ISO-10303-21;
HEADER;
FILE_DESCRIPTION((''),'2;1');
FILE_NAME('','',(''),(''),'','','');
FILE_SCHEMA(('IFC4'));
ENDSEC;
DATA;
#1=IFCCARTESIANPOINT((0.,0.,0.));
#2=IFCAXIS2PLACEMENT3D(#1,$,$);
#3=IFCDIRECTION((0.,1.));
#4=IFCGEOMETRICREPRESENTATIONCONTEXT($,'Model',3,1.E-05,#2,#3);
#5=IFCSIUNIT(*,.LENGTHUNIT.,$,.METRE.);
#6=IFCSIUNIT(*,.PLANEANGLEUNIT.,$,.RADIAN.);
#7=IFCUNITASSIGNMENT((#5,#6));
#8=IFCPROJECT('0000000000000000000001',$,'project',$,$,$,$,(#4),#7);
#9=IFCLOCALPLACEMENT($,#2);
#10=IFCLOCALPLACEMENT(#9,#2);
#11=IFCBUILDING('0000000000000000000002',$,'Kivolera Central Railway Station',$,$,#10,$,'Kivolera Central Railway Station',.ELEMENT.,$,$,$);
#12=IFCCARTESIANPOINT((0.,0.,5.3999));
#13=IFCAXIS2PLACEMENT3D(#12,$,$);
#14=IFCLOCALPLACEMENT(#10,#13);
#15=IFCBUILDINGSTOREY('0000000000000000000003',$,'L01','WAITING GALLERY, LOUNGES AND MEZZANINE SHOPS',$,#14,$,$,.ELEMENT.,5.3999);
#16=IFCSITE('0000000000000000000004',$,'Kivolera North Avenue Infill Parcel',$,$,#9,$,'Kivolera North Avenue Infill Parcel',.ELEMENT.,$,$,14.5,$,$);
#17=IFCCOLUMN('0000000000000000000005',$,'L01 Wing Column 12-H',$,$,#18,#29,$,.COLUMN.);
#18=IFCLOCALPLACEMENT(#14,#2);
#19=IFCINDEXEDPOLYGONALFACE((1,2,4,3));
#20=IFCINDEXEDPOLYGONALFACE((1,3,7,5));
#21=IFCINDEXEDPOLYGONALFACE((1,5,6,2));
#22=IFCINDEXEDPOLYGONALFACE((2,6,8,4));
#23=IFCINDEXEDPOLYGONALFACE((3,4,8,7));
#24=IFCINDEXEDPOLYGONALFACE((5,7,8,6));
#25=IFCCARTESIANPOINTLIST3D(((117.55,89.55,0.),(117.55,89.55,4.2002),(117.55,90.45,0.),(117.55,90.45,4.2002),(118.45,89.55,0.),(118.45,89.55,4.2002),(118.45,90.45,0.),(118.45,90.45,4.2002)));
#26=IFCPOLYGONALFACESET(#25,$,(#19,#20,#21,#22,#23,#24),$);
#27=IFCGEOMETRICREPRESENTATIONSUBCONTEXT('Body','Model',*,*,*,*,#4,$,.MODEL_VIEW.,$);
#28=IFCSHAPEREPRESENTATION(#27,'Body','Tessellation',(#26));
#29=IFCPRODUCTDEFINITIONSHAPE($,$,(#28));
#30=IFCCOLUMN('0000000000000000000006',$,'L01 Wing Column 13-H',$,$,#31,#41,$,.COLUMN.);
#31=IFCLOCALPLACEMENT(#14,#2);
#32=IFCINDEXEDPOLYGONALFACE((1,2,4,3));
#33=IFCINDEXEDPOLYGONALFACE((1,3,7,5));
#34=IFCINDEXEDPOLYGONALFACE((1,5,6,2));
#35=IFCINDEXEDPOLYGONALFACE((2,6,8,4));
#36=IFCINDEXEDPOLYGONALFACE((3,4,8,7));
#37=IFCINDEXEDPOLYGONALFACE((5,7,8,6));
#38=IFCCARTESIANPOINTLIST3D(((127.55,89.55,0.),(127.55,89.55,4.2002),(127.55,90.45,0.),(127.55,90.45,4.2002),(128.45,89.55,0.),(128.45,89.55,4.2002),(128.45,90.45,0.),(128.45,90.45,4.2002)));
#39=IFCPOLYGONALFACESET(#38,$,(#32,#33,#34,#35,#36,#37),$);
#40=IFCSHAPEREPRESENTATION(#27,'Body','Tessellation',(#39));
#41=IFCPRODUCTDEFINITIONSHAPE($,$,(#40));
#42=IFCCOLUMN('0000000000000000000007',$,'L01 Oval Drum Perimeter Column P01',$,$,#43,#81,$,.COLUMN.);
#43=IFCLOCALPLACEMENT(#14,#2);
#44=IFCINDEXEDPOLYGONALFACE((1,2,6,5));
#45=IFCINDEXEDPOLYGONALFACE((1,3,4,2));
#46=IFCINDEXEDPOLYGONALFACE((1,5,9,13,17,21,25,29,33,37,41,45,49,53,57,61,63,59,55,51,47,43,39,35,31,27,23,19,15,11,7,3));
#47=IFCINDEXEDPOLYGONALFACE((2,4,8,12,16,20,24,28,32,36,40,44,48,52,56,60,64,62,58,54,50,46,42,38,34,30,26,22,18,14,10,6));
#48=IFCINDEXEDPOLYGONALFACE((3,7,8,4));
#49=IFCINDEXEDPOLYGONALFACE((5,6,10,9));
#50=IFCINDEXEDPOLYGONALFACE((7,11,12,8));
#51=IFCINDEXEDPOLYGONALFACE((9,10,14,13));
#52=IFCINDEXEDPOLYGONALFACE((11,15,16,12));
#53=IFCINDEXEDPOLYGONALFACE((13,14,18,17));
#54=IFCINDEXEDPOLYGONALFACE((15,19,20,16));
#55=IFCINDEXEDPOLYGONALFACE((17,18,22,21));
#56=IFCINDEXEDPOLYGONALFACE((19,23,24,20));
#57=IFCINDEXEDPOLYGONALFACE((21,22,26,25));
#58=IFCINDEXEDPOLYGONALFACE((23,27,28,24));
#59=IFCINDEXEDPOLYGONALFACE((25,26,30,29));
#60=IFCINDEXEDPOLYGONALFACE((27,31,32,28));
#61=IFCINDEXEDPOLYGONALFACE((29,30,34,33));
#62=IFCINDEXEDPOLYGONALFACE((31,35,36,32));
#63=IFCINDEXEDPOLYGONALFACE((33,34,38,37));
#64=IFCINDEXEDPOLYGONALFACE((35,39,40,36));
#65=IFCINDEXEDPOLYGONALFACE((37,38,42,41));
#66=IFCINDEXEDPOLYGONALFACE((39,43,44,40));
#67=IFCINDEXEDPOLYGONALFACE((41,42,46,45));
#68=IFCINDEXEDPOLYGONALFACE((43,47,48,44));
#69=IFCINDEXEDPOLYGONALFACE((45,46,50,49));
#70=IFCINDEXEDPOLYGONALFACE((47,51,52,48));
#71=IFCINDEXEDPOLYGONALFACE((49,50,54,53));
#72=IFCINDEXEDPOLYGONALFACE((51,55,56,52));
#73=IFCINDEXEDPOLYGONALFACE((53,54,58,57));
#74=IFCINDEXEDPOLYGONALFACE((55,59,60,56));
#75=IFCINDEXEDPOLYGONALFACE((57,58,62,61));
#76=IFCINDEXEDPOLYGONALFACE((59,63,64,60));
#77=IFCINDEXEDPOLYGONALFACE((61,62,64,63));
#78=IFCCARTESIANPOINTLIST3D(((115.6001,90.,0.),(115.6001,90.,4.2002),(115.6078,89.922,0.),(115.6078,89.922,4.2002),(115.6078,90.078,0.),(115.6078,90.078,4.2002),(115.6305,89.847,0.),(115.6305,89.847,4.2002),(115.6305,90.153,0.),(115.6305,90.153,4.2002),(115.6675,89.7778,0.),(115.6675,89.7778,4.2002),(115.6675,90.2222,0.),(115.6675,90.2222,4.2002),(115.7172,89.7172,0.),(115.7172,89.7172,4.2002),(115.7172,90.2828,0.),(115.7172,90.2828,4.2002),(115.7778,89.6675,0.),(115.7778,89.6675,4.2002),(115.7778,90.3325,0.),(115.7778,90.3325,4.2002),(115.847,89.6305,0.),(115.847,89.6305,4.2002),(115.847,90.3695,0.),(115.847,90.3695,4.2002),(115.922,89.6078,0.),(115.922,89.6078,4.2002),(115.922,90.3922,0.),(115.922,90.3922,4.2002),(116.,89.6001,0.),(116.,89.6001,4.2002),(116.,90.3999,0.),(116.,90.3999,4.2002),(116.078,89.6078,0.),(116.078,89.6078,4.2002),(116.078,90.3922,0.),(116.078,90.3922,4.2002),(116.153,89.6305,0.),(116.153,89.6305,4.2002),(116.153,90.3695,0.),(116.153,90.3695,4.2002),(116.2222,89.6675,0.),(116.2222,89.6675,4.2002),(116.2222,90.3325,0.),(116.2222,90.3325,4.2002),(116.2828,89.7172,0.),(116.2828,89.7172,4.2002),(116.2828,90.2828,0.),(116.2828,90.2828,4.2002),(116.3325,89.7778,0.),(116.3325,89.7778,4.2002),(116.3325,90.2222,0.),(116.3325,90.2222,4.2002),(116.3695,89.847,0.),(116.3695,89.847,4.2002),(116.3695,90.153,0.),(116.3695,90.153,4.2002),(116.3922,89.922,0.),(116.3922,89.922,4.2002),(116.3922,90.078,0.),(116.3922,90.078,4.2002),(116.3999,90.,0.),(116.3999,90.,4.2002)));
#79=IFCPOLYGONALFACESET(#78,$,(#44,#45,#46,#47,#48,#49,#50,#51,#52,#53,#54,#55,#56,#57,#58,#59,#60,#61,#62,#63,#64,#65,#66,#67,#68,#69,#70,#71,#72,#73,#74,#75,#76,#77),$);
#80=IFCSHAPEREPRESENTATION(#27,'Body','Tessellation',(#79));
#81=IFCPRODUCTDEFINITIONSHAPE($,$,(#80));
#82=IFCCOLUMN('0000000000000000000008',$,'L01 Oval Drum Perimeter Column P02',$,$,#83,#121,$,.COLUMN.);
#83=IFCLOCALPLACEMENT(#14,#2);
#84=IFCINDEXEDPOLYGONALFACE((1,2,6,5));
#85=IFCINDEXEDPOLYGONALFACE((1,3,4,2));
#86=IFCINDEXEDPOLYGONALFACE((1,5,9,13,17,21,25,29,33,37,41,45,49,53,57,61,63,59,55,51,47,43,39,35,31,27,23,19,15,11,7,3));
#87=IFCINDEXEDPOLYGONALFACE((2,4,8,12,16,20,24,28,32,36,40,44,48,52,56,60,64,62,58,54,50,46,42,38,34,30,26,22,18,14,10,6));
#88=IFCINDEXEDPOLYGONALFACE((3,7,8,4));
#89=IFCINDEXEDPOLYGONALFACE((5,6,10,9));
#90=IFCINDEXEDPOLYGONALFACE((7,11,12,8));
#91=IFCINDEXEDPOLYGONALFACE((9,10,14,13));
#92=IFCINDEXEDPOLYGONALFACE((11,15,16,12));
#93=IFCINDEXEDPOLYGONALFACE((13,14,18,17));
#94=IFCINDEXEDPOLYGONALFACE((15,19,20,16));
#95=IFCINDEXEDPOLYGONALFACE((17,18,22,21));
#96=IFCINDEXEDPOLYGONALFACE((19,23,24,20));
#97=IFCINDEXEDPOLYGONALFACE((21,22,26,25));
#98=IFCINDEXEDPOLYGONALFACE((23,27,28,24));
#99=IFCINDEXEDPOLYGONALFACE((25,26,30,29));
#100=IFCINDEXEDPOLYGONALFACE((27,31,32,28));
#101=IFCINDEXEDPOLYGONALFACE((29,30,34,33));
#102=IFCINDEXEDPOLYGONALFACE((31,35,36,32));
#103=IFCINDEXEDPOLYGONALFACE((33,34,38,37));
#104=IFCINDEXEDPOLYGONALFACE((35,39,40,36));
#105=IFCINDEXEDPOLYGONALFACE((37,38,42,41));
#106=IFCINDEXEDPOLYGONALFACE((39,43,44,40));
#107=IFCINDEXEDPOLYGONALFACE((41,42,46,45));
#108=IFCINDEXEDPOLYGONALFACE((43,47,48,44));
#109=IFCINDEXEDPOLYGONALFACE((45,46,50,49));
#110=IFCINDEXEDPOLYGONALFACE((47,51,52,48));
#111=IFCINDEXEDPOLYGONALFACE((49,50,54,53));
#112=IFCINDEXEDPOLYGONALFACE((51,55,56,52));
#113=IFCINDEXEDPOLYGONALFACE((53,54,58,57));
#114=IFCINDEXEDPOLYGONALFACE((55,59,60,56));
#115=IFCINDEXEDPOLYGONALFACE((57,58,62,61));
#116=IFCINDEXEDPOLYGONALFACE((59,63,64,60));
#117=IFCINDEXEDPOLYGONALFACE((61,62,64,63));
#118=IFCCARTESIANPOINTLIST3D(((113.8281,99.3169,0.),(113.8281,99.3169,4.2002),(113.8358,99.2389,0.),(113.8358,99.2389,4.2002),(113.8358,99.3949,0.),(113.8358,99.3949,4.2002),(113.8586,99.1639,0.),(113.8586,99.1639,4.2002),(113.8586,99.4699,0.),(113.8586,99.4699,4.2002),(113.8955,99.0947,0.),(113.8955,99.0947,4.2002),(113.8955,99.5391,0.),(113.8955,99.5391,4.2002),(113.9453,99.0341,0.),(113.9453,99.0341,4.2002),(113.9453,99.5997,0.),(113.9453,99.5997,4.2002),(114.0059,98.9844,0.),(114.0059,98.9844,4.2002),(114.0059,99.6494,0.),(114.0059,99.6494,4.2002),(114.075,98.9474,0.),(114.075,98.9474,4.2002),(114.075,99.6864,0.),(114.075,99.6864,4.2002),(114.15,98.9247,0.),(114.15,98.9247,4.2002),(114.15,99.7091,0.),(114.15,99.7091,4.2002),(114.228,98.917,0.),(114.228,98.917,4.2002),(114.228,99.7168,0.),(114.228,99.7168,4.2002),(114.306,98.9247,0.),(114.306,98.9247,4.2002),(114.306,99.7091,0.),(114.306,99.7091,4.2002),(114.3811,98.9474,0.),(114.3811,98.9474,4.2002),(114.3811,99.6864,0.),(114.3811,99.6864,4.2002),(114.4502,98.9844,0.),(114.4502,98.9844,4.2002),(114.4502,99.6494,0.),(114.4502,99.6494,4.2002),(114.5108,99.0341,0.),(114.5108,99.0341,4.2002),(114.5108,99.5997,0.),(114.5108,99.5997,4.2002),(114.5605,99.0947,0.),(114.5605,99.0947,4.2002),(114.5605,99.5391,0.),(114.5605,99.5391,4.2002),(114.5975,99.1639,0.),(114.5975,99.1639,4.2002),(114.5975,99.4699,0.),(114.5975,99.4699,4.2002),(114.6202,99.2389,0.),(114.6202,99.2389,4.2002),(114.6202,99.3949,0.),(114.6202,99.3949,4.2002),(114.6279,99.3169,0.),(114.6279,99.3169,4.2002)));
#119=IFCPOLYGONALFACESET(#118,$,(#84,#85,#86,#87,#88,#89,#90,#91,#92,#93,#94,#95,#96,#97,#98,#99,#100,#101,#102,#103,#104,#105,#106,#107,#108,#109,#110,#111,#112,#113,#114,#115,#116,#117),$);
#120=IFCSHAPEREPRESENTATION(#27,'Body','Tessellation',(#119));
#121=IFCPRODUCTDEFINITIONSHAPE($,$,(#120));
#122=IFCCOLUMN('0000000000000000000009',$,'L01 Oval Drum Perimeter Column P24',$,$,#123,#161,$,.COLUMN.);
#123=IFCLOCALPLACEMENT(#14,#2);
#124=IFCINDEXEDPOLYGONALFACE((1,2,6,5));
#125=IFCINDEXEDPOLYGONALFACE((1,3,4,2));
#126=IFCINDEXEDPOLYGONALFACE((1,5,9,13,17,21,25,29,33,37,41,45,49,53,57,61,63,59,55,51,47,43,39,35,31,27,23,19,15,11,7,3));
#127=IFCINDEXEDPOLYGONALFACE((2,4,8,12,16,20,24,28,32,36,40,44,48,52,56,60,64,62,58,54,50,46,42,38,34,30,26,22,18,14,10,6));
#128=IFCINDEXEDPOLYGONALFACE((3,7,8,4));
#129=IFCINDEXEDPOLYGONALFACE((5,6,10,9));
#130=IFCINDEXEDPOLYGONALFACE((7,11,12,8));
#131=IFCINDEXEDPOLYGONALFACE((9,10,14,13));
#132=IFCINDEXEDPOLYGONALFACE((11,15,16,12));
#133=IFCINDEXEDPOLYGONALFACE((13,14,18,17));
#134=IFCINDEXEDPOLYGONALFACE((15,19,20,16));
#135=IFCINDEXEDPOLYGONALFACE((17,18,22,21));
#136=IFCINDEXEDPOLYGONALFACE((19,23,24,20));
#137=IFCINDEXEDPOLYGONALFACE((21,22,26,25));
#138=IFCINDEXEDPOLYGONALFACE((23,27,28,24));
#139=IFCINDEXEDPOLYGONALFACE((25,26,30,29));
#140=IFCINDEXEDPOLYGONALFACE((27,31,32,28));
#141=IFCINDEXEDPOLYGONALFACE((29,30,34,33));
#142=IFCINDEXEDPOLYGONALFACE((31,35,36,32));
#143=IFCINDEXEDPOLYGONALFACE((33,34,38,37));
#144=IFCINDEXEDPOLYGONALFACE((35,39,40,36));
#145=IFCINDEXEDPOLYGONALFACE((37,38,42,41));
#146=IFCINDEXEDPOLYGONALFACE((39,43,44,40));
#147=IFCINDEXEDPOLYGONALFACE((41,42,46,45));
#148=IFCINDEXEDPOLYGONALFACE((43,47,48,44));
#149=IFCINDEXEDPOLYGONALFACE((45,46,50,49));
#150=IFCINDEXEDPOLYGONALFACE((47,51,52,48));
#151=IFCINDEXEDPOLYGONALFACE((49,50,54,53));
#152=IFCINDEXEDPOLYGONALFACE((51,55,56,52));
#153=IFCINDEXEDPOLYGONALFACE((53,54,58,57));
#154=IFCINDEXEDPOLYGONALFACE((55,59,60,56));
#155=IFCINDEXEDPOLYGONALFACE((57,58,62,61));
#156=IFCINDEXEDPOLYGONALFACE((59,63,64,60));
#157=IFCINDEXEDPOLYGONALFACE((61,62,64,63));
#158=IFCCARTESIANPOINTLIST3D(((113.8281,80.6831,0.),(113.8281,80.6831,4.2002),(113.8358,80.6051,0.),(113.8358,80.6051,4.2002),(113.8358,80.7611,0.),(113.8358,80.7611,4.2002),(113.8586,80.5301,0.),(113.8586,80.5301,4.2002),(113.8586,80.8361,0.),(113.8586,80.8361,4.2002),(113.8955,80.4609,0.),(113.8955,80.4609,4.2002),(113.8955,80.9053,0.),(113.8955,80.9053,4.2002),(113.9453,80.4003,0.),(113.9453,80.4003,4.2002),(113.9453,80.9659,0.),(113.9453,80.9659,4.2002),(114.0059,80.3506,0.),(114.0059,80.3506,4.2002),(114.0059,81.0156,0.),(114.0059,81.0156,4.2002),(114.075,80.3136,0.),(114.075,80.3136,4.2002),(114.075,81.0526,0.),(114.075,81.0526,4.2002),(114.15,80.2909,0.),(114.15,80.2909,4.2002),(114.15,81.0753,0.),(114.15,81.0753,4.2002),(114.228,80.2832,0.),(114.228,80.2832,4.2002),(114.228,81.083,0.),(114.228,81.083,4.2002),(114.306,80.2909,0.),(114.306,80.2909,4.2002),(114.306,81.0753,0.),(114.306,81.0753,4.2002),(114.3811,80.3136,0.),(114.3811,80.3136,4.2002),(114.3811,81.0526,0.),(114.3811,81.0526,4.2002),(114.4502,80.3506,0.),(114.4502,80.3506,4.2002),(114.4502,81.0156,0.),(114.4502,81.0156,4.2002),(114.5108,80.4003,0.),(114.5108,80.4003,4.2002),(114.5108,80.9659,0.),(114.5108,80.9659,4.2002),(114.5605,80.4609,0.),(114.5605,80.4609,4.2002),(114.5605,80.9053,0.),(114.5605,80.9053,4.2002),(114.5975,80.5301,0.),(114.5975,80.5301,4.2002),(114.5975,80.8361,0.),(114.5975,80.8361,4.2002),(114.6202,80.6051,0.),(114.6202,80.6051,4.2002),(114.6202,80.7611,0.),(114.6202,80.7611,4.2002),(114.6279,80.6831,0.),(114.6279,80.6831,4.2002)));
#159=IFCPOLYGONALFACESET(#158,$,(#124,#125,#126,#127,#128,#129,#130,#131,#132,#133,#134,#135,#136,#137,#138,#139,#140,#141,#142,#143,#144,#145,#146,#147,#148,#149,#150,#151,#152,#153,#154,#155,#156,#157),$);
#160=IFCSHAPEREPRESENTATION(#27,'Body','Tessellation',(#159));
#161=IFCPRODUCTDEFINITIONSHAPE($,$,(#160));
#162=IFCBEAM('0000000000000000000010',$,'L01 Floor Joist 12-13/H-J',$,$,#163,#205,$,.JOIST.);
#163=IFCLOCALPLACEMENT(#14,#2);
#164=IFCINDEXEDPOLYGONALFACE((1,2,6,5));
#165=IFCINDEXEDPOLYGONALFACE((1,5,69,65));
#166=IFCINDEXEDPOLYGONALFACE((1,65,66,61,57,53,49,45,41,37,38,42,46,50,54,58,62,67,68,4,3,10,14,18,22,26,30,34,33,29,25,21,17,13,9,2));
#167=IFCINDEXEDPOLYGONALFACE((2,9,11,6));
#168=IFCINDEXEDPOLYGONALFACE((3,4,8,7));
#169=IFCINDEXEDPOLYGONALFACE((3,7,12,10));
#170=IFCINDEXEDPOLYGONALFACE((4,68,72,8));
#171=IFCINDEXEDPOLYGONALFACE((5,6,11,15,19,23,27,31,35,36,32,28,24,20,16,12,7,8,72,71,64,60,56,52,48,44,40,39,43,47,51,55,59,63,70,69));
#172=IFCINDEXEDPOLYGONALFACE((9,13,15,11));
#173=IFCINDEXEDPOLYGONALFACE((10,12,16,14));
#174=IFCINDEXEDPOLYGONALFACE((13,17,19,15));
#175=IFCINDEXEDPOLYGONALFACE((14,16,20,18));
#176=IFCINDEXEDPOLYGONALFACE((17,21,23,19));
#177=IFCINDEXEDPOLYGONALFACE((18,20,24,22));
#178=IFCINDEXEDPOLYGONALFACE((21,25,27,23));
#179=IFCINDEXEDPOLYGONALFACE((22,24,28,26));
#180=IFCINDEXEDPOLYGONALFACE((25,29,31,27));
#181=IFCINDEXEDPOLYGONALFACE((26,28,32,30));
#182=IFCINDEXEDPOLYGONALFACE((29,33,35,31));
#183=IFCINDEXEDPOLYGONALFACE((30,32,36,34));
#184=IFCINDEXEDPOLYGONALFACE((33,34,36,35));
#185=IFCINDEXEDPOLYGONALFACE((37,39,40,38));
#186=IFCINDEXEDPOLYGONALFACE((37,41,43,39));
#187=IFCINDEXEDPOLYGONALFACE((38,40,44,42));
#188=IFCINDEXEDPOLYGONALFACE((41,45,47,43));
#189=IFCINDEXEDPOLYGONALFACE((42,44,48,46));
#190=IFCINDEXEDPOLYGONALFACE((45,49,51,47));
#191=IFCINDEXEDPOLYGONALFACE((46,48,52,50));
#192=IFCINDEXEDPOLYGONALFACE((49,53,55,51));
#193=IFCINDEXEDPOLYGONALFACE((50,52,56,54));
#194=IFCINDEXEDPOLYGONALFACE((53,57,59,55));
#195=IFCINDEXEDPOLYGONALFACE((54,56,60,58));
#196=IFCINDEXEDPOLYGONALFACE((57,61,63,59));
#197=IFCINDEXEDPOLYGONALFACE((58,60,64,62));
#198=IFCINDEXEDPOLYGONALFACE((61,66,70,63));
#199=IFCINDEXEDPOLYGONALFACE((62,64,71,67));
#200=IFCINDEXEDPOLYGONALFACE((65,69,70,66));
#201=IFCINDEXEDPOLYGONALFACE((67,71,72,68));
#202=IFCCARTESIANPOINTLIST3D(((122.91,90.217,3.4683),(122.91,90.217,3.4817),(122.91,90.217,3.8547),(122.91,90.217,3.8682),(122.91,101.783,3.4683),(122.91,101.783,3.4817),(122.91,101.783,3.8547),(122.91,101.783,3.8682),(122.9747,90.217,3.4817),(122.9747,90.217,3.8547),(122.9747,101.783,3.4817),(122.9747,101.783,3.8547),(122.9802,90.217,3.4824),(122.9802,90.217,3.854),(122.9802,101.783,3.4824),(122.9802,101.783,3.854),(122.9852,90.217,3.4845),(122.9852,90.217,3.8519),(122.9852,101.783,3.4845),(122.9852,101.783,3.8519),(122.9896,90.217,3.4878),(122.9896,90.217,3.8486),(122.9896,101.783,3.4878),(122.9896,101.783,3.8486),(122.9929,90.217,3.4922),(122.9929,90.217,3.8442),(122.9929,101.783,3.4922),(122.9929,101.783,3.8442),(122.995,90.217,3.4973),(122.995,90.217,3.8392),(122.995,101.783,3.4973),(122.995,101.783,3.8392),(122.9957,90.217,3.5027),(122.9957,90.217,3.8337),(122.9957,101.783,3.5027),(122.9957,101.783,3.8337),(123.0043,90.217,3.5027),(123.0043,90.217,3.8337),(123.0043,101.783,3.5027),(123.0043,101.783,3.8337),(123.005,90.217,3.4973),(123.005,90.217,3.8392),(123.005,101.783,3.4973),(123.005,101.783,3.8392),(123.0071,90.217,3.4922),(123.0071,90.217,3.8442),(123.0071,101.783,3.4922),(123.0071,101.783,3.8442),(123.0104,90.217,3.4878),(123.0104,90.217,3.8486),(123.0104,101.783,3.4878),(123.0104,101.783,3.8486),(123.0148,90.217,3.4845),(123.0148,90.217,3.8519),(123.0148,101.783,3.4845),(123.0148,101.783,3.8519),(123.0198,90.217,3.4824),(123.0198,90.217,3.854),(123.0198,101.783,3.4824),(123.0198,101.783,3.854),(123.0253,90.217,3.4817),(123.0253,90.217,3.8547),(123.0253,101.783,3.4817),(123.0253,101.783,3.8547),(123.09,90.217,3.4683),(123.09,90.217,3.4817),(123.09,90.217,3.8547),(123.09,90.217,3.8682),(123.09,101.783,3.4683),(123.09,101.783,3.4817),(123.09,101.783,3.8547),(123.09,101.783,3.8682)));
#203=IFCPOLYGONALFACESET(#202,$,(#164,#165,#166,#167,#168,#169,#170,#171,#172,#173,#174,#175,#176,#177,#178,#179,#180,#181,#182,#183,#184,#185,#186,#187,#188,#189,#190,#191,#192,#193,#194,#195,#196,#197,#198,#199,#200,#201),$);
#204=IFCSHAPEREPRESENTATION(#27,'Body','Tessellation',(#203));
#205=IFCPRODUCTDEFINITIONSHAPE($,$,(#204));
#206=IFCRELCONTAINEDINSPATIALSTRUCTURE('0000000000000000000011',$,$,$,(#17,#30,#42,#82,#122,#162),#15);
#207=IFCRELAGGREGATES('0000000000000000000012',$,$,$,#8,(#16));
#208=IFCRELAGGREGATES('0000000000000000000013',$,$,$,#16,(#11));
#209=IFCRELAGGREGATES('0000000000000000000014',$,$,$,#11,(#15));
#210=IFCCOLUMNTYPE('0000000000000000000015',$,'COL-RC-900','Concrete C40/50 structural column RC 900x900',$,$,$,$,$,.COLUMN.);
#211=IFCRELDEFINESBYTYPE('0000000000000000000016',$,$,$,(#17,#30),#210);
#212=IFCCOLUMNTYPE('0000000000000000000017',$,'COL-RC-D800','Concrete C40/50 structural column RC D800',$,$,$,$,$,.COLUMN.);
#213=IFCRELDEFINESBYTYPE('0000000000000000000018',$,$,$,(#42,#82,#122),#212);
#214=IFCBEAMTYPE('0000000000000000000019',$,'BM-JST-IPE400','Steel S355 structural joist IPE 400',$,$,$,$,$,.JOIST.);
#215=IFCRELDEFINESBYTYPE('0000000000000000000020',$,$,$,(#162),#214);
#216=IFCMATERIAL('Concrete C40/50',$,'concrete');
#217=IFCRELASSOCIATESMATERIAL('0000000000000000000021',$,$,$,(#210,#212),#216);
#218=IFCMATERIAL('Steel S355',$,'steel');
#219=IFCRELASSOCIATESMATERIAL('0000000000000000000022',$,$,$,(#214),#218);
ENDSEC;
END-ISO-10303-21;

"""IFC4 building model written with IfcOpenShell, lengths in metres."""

from ifc_helpers import new_model, si_unit, direction, frame, origin, origin_2d, place, context, subcontext, project, spatial, rectangle, circle, i_section, extrude, material, material_profile, profile_set, type_object, element, save


model = new_model("IFC4")

# Units and contexts
model_context = context("Model", 3, precision=1e-05, world=origin(), true_north=direction((0.0, 1.0)))
body_context = subcontext(model_context, "Body", "Model", "MODEL_VIEW")
ifc_project = project(units=[si_unit("LENGTHUNIT", "METRE"), si_unit("PLANEANGLEUNIT", "RADIAN")], contexts=[model_context])

# Site, building, storey
site_placement = place(None, origin())
site = spatial("IfcSite", under=ifc_project, at=site_placement, Name="Kivolera North Avenue Infill Parcel", LongName="Kivolera North Avenue Infill Parcel", CompositionType="ELEMENT", RefElevation=14.5)
building_placement = place(site_placement, origin())
building = spatial("IfcBuilding", under=site, at=building_placement, Name="Kivolera Central Railway Station", LongName="Kivolera Central Railway Station", CompositionType="ELEMENT")
storey_placement = place(building_placement, frame((0.0, 0.0, 5.3999)))
storey = spatial("IfcBuildingStorey", under=building, at=storey_placement, Name="L01", Description="WAITING GALLERY, LOUNGES AND MEZZANINE SHOPS", CompositionType="ELEMENT", Elevation=5.3999)

# Columns
ifc_material_1 = material(Name="Concrete C40/50", Category="concrete")
ifc_material_profile_1 = material_profile(ifc_material_1, rectangle(XDim=0.8999, YDim=0.8999, at=origin_2d()), Name="RC 900x900")
ifc_profile_set_1 = profile_set([ifc_material_profile_1], Name="Concrete C40/50")
column_type_1 = type_object("IfcColumnType", Name="COL-RC-900", Description="Concrete C40/50 structural column RC 900x900", PredefinedType="COLUMN", material=ifc_profile_set_1)
for number, where, z_axis, x_axis, name in (
    (1, (118.0, 90.0, 0.0), (0.0, 0.0, 1.0), (1.0, 0.0, 0.0), "L01 Wing Column 12-H"),
    (2, (128.0, 90.0, 0.0), (0.0, 0.0, 1.0), (1.0, 0.0, 0.0), "L01 Wing Column 13-H"),
):
    element("IfcColumn", number, at=place(storey_placement, frame(where, z_axis=z_axis, x_axis=x_axis)), inside=storey, type_object=column_type_1, Name=name, PredefinedType="COLUMN", context=body_context, shape_type="SweptSolid", body=[
        extrude(rectangle(XDim=0.8999, YDim=0.8999, at=origin_2d()), origin(), (0.0, 0.0, 1.0), 4.2002),
    ])
ifc_material_profile_2 = material_profile(ifc_material_1, circle(Radius=0.3999, at=origin_2d()), Name="RC D800")
ifc_profile_set_2 = profile_set([ifc_material_profile_2], Name="Concrete C40/50")
column_type_2 = type_object("IfcColumnType", Name="COL-RC-D800", Description="Concrete C40/50 structural column RC D800", PredefinedType="COLUMN", material=ifc_profile_set_2)
for number, where, z_axis, x_axis, name in (
    (3, (116.0, 90.0, 0.0), (0.0, 0.0, 1.0), (1.0, 0.0, 0.0), "L01 Oval Drum Perimeter Column P01"),
    (4, (114.228, 99.3169, 0.0), (0.0, 0.0, 1.0), (1.0, 0.0, 0.0), "L01 Oval Drum Perimeter Column P02"),
    (5, (114.228, 80.6831, 0.0), (0.0, 0.0, 1.0), (1.0, 0.0, 0.0), "L01 Oval Drum Perimeter Column P24"),
):
    element("IfcColumn", number, at=place(storey_placement, frame(where, z_axis=z_axis, x_axis=x_axis)), inside=storey, type_object=column_type_2, Name=name, PredefinedType="COLUMN", context=body_context, shape_type="SweptSolid", body=[
        extrude(circle(Radius=0.3999, at=origin_2d()), origin(), (0.0, 0.0, 1.0), 4.2002),
    ])

# Beam
ifc_material_2 = material(Name="Steel S355", Category="steel")
ifc_material_profile_3 = material_profile(ifc_material_2, i_section(OverallWidth=0.1799, OverallDepth=0.3999, WebThickness=0.0085, FlangeThickness=0.0134, FilletRadius=0.021, at=origin_2d()), Name="IPE 400")
ifc_profile_set_3 = profile_set([ifc_material_profile_3], Name="Steel S355")
beam_type_1 = type_object("IfcBeamType", Name="BM-JST-IPE400", Description="Steel S355 structural joist IPE 400", PredefinedType="JOIST", material=ifc_profile_set_3)
beam_1_placement = place(storey_placement, frame((123.0, 90.217, 3.6682), z_axis=(0.0, 1.0, 0.0), x_axis=(-1.0, 0.0, 0.0)))
element("IfcBeam", 6, at=beam_1_placement, inside=storey, type_object=beam_type_1, Name="L01 Floor Joist 12-13/H-J", PredefinedType="JOIST", context=body_context, shape_type="SweptSolid", body=[
    extrude(i_section(OverallWidth=0.1799, OverallDepth=0.3999, WebThickness=0.0085, FlangeThickness=0.0134, FilletRadius=0.021, at=origin_2d()), origin(), (0.0, 0.0, 1.0), 11.5659),
])

save(model, "model.ifc")
